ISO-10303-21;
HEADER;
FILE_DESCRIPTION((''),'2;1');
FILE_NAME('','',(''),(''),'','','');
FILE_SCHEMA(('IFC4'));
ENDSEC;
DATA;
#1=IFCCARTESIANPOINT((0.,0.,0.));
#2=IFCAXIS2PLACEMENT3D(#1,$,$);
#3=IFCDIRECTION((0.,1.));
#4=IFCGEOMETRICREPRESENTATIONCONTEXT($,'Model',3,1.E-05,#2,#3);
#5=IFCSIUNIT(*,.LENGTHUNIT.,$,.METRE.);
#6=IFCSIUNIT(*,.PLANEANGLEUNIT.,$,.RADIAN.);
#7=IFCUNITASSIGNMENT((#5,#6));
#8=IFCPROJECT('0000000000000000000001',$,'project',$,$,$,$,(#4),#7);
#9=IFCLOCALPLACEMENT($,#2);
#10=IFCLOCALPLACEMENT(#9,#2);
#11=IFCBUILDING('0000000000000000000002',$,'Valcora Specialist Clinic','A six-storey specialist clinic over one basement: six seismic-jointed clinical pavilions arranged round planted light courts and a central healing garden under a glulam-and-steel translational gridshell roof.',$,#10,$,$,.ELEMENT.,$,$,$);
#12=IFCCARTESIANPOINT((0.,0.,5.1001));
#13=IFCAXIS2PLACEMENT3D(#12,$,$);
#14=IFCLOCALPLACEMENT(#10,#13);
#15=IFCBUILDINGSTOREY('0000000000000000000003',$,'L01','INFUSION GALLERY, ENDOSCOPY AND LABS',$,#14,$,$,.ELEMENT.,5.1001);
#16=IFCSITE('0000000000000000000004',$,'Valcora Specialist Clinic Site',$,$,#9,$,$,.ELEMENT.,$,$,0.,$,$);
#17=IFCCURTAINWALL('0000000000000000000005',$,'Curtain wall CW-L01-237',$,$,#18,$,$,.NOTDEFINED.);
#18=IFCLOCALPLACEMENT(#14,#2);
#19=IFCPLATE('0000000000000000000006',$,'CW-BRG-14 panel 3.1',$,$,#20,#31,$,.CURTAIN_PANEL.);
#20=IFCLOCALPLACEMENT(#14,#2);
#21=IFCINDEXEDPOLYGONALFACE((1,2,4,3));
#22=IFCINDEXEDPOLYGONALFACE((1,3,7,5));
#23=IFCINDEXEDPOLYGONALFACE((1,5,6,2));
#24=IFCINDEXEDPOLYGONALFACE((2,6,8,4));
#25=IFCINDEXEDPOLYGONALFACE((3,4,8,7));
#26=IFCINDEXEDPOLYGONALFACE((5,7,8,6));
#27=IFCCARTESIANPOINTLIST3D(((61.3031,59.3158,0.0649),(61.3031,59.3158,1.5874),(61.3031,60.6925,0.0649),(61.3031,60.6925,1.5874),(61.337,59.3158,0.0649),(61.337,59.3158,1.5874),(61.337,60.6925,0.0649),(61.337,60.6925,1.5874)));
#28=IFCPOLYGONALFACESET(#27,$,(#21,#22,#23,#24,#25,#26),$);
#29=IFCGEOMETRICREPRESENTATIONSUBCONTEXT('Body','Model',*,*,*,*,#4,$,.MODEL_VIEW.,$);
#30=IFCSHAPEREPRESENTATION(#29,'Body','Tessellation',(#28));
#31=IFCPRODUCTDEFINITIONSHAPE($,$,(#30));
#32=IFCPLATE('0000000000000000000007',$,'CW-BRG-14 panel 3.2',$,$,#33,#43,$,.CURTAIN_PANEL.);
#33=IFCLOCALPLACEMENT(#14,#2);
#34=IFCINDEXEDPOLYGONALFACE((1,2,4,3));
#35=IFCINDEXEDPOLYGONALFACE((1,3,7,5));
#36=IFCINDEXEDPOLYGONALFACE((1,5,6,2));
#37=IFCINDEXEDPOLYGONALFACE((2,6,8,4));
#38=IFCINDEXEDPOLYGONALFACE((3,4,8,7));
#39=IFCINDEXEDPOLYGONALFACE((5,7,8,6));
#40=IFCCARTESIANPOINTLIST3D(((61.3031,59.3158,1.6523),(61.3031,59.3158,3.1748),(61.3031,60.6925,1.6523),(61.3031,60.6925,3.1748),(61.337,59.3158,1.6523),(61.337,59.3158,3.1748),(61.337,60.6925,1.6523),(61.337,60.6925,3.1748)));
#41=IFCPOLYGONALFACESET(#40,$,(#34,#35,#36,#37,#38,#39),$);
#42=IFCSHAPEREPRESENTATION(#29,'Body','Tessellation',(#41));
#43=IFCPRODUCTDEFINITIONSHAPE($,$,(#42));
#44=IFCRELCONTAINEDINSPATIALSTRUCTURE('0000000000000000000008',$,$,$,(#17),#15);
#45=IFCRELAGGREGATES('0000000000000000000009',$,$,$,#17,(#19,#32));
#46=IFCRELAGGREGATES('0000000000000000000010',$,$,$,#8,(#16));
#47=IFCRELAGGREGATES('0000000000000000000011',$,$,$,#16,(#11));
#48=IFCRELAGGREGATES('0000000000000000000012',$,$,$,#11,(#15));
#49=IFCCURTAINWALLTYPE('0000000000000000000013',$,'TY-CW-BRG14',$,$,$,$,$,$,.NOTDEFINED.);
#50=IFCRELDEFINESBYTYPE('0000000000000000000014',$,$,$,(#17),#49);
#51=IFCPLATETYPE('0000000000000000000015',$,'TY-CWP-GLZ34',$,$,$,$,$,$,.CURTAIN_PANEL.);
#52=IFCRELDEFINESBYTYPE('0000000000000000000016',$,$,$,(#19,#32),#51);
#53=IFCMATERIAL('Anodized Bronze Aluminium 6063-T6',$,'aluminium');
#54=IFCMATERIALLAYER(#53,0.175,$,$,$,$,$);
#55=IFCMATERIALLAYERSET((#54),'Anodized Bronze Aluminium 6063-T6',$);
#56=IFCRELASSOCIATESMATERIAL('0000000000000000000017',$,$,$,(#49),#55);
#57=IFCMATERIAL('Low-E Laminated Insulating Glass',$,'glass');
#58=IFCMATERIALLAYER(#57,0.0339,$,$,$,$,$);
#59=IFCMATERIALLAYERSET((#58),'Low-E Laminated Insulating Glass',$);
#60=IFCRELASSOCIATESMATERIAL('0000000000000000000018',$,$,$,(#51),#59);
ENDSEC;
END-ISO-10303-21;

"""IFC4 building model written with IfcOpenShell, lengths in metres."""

from ifc_helpers import new_model, si_unit, direction, frame, origin, origin_2d, place, context, subcontext, project, spatial, rectangle, extrude, material, layer, layer_set, type_object, element, aggregate, save


model = new_model("IFC4")

# Units and contexts
model_context = context("Model", 3, precision=1e-05, world=origin(), true_north=direction((0.0, 1.0)))
body_context = subcontext(model_context, "Body", "Model", "MODEL_VIEW")
ifc_project = project(units=[si_unit("LENGTHUNIT", "METRE"), si_unit("PLANEANGLEUNIT", "RADIAN")], contexts=[model_context])

# Site, building, storey
site_placement = place(None, origin())
site = spatial("IfcSite", under=ifc_project, at=site_placement, Name="Valcora Specialist Clinic Site", CompositionType="ELEMENT", RefElevation=0.0)
building_placement = place(site_placement, origin())
building = spatial("IfcBuilding", under=site, at=building_placement, Name="Valcora Specialist Clinic", Description="A six-storey specialist clinic over one basement: six seismic-jointed clinical pavilions arranged round planted light courts and a central healing garden under a glulam-and-steel translational gridshell roof.", CompositionType="ELEMENT")
storey_placement = place(building_placement, frame((0.0, 0.0, 5.1001)))
storey = spatial("IfcBuildingStorey", under=building, at=storey_placement, Name="L01", Description="INFUSION GALLERY, ENDOSCOPY AND LABS", CompositionType="ELEMENT", Elevation=5.1001)

# Curtain wall
ifc_material_1 = material(Name="Anodized Bronze Aluminium 6063-T6", Category="aluminium")
ifc_layer_1 = layer(ifc_material_1, 0.175)
ifc_layer_set_1 = layer_set([ifc_layer_1], Name="Anodized Bronze Aluminium 6063-T6")
curtain_wall_type = type_object("IfcCurtainWallType", Name="TY-CW-BRG14", PredefinedType="NOTDEFINED", material=ifc_layer_set_1)
curtain_wall_1_placement = place(storey_placement, origin())
curtain_wall_1 = element("IfcCurtainWall", 1, at=curtain_wall_1_placement, inside=storey, type_object=curtain_wall_type, Name="Curtain wall CW-L01-237", PredefinedType="NOTDEFINED")

# Plates
ifc_material_2 = material(Name="Low-E Laminated Insulating Glass", Category="glass")
ifc_layer_2 = layer(ifc_material_2, 0.0339)
ifc_layer_set_2 = layer_set([ifc_layer_2], Name="Low-E Laminated Insulating Glass")
plate_type_1 = type_object("IfcPlateType", Name="TY-CWP-GLZ34", PredefinedType="CURTAIN_PANEL", material=ifc_layer_set_2)
plate_1_placement = place(storey_placement, frame((61.3201, 60.0042, 0.0649), z_axis=(0.0, 0.0, 1.0), x_axis=(0.0, 1.0, 0.0)))
plate_1 = element("IfcPlate", 2, at=plate_1_placement, type_object=plate_type_1, Name="CW-BRG-14 panel 3.1", PredefinedType="CURTAIN_PANEL", context=body_context, shape_type="SweptSolid", body=[
    extrude(rectangle(XDim=1.3767, YDim=0.0339, at=origin_2d()), origin(), (0.0, 0.0, 1.0), 1.5225),
])
plate_2_placement = place(storey_placement, frame((61.3201, 60.0042, 1.6523), z_axis=(0.0, 0.0, 1.0), x_axis=(0.0, 1.0, 0.0)))
plate_2 = element("IfcPlate", 3, at=plate_2_placement, type_object=plate_type_1, Name="CW-BRG-14 panel 3.2", PredefinedType="CURTAIN_PANEL", context=body_context, shape_type="SweptSolid", body=[
    extrude(rectangle(XDim=1.3767, YDim=0.0339, at=origin_2d()), origin(), (0.0, 0.0, 1.0), 1.5225),
])
aggregate(curtain_wall_1, [plate_1, plate_2])

save(model, "model.ifc")
